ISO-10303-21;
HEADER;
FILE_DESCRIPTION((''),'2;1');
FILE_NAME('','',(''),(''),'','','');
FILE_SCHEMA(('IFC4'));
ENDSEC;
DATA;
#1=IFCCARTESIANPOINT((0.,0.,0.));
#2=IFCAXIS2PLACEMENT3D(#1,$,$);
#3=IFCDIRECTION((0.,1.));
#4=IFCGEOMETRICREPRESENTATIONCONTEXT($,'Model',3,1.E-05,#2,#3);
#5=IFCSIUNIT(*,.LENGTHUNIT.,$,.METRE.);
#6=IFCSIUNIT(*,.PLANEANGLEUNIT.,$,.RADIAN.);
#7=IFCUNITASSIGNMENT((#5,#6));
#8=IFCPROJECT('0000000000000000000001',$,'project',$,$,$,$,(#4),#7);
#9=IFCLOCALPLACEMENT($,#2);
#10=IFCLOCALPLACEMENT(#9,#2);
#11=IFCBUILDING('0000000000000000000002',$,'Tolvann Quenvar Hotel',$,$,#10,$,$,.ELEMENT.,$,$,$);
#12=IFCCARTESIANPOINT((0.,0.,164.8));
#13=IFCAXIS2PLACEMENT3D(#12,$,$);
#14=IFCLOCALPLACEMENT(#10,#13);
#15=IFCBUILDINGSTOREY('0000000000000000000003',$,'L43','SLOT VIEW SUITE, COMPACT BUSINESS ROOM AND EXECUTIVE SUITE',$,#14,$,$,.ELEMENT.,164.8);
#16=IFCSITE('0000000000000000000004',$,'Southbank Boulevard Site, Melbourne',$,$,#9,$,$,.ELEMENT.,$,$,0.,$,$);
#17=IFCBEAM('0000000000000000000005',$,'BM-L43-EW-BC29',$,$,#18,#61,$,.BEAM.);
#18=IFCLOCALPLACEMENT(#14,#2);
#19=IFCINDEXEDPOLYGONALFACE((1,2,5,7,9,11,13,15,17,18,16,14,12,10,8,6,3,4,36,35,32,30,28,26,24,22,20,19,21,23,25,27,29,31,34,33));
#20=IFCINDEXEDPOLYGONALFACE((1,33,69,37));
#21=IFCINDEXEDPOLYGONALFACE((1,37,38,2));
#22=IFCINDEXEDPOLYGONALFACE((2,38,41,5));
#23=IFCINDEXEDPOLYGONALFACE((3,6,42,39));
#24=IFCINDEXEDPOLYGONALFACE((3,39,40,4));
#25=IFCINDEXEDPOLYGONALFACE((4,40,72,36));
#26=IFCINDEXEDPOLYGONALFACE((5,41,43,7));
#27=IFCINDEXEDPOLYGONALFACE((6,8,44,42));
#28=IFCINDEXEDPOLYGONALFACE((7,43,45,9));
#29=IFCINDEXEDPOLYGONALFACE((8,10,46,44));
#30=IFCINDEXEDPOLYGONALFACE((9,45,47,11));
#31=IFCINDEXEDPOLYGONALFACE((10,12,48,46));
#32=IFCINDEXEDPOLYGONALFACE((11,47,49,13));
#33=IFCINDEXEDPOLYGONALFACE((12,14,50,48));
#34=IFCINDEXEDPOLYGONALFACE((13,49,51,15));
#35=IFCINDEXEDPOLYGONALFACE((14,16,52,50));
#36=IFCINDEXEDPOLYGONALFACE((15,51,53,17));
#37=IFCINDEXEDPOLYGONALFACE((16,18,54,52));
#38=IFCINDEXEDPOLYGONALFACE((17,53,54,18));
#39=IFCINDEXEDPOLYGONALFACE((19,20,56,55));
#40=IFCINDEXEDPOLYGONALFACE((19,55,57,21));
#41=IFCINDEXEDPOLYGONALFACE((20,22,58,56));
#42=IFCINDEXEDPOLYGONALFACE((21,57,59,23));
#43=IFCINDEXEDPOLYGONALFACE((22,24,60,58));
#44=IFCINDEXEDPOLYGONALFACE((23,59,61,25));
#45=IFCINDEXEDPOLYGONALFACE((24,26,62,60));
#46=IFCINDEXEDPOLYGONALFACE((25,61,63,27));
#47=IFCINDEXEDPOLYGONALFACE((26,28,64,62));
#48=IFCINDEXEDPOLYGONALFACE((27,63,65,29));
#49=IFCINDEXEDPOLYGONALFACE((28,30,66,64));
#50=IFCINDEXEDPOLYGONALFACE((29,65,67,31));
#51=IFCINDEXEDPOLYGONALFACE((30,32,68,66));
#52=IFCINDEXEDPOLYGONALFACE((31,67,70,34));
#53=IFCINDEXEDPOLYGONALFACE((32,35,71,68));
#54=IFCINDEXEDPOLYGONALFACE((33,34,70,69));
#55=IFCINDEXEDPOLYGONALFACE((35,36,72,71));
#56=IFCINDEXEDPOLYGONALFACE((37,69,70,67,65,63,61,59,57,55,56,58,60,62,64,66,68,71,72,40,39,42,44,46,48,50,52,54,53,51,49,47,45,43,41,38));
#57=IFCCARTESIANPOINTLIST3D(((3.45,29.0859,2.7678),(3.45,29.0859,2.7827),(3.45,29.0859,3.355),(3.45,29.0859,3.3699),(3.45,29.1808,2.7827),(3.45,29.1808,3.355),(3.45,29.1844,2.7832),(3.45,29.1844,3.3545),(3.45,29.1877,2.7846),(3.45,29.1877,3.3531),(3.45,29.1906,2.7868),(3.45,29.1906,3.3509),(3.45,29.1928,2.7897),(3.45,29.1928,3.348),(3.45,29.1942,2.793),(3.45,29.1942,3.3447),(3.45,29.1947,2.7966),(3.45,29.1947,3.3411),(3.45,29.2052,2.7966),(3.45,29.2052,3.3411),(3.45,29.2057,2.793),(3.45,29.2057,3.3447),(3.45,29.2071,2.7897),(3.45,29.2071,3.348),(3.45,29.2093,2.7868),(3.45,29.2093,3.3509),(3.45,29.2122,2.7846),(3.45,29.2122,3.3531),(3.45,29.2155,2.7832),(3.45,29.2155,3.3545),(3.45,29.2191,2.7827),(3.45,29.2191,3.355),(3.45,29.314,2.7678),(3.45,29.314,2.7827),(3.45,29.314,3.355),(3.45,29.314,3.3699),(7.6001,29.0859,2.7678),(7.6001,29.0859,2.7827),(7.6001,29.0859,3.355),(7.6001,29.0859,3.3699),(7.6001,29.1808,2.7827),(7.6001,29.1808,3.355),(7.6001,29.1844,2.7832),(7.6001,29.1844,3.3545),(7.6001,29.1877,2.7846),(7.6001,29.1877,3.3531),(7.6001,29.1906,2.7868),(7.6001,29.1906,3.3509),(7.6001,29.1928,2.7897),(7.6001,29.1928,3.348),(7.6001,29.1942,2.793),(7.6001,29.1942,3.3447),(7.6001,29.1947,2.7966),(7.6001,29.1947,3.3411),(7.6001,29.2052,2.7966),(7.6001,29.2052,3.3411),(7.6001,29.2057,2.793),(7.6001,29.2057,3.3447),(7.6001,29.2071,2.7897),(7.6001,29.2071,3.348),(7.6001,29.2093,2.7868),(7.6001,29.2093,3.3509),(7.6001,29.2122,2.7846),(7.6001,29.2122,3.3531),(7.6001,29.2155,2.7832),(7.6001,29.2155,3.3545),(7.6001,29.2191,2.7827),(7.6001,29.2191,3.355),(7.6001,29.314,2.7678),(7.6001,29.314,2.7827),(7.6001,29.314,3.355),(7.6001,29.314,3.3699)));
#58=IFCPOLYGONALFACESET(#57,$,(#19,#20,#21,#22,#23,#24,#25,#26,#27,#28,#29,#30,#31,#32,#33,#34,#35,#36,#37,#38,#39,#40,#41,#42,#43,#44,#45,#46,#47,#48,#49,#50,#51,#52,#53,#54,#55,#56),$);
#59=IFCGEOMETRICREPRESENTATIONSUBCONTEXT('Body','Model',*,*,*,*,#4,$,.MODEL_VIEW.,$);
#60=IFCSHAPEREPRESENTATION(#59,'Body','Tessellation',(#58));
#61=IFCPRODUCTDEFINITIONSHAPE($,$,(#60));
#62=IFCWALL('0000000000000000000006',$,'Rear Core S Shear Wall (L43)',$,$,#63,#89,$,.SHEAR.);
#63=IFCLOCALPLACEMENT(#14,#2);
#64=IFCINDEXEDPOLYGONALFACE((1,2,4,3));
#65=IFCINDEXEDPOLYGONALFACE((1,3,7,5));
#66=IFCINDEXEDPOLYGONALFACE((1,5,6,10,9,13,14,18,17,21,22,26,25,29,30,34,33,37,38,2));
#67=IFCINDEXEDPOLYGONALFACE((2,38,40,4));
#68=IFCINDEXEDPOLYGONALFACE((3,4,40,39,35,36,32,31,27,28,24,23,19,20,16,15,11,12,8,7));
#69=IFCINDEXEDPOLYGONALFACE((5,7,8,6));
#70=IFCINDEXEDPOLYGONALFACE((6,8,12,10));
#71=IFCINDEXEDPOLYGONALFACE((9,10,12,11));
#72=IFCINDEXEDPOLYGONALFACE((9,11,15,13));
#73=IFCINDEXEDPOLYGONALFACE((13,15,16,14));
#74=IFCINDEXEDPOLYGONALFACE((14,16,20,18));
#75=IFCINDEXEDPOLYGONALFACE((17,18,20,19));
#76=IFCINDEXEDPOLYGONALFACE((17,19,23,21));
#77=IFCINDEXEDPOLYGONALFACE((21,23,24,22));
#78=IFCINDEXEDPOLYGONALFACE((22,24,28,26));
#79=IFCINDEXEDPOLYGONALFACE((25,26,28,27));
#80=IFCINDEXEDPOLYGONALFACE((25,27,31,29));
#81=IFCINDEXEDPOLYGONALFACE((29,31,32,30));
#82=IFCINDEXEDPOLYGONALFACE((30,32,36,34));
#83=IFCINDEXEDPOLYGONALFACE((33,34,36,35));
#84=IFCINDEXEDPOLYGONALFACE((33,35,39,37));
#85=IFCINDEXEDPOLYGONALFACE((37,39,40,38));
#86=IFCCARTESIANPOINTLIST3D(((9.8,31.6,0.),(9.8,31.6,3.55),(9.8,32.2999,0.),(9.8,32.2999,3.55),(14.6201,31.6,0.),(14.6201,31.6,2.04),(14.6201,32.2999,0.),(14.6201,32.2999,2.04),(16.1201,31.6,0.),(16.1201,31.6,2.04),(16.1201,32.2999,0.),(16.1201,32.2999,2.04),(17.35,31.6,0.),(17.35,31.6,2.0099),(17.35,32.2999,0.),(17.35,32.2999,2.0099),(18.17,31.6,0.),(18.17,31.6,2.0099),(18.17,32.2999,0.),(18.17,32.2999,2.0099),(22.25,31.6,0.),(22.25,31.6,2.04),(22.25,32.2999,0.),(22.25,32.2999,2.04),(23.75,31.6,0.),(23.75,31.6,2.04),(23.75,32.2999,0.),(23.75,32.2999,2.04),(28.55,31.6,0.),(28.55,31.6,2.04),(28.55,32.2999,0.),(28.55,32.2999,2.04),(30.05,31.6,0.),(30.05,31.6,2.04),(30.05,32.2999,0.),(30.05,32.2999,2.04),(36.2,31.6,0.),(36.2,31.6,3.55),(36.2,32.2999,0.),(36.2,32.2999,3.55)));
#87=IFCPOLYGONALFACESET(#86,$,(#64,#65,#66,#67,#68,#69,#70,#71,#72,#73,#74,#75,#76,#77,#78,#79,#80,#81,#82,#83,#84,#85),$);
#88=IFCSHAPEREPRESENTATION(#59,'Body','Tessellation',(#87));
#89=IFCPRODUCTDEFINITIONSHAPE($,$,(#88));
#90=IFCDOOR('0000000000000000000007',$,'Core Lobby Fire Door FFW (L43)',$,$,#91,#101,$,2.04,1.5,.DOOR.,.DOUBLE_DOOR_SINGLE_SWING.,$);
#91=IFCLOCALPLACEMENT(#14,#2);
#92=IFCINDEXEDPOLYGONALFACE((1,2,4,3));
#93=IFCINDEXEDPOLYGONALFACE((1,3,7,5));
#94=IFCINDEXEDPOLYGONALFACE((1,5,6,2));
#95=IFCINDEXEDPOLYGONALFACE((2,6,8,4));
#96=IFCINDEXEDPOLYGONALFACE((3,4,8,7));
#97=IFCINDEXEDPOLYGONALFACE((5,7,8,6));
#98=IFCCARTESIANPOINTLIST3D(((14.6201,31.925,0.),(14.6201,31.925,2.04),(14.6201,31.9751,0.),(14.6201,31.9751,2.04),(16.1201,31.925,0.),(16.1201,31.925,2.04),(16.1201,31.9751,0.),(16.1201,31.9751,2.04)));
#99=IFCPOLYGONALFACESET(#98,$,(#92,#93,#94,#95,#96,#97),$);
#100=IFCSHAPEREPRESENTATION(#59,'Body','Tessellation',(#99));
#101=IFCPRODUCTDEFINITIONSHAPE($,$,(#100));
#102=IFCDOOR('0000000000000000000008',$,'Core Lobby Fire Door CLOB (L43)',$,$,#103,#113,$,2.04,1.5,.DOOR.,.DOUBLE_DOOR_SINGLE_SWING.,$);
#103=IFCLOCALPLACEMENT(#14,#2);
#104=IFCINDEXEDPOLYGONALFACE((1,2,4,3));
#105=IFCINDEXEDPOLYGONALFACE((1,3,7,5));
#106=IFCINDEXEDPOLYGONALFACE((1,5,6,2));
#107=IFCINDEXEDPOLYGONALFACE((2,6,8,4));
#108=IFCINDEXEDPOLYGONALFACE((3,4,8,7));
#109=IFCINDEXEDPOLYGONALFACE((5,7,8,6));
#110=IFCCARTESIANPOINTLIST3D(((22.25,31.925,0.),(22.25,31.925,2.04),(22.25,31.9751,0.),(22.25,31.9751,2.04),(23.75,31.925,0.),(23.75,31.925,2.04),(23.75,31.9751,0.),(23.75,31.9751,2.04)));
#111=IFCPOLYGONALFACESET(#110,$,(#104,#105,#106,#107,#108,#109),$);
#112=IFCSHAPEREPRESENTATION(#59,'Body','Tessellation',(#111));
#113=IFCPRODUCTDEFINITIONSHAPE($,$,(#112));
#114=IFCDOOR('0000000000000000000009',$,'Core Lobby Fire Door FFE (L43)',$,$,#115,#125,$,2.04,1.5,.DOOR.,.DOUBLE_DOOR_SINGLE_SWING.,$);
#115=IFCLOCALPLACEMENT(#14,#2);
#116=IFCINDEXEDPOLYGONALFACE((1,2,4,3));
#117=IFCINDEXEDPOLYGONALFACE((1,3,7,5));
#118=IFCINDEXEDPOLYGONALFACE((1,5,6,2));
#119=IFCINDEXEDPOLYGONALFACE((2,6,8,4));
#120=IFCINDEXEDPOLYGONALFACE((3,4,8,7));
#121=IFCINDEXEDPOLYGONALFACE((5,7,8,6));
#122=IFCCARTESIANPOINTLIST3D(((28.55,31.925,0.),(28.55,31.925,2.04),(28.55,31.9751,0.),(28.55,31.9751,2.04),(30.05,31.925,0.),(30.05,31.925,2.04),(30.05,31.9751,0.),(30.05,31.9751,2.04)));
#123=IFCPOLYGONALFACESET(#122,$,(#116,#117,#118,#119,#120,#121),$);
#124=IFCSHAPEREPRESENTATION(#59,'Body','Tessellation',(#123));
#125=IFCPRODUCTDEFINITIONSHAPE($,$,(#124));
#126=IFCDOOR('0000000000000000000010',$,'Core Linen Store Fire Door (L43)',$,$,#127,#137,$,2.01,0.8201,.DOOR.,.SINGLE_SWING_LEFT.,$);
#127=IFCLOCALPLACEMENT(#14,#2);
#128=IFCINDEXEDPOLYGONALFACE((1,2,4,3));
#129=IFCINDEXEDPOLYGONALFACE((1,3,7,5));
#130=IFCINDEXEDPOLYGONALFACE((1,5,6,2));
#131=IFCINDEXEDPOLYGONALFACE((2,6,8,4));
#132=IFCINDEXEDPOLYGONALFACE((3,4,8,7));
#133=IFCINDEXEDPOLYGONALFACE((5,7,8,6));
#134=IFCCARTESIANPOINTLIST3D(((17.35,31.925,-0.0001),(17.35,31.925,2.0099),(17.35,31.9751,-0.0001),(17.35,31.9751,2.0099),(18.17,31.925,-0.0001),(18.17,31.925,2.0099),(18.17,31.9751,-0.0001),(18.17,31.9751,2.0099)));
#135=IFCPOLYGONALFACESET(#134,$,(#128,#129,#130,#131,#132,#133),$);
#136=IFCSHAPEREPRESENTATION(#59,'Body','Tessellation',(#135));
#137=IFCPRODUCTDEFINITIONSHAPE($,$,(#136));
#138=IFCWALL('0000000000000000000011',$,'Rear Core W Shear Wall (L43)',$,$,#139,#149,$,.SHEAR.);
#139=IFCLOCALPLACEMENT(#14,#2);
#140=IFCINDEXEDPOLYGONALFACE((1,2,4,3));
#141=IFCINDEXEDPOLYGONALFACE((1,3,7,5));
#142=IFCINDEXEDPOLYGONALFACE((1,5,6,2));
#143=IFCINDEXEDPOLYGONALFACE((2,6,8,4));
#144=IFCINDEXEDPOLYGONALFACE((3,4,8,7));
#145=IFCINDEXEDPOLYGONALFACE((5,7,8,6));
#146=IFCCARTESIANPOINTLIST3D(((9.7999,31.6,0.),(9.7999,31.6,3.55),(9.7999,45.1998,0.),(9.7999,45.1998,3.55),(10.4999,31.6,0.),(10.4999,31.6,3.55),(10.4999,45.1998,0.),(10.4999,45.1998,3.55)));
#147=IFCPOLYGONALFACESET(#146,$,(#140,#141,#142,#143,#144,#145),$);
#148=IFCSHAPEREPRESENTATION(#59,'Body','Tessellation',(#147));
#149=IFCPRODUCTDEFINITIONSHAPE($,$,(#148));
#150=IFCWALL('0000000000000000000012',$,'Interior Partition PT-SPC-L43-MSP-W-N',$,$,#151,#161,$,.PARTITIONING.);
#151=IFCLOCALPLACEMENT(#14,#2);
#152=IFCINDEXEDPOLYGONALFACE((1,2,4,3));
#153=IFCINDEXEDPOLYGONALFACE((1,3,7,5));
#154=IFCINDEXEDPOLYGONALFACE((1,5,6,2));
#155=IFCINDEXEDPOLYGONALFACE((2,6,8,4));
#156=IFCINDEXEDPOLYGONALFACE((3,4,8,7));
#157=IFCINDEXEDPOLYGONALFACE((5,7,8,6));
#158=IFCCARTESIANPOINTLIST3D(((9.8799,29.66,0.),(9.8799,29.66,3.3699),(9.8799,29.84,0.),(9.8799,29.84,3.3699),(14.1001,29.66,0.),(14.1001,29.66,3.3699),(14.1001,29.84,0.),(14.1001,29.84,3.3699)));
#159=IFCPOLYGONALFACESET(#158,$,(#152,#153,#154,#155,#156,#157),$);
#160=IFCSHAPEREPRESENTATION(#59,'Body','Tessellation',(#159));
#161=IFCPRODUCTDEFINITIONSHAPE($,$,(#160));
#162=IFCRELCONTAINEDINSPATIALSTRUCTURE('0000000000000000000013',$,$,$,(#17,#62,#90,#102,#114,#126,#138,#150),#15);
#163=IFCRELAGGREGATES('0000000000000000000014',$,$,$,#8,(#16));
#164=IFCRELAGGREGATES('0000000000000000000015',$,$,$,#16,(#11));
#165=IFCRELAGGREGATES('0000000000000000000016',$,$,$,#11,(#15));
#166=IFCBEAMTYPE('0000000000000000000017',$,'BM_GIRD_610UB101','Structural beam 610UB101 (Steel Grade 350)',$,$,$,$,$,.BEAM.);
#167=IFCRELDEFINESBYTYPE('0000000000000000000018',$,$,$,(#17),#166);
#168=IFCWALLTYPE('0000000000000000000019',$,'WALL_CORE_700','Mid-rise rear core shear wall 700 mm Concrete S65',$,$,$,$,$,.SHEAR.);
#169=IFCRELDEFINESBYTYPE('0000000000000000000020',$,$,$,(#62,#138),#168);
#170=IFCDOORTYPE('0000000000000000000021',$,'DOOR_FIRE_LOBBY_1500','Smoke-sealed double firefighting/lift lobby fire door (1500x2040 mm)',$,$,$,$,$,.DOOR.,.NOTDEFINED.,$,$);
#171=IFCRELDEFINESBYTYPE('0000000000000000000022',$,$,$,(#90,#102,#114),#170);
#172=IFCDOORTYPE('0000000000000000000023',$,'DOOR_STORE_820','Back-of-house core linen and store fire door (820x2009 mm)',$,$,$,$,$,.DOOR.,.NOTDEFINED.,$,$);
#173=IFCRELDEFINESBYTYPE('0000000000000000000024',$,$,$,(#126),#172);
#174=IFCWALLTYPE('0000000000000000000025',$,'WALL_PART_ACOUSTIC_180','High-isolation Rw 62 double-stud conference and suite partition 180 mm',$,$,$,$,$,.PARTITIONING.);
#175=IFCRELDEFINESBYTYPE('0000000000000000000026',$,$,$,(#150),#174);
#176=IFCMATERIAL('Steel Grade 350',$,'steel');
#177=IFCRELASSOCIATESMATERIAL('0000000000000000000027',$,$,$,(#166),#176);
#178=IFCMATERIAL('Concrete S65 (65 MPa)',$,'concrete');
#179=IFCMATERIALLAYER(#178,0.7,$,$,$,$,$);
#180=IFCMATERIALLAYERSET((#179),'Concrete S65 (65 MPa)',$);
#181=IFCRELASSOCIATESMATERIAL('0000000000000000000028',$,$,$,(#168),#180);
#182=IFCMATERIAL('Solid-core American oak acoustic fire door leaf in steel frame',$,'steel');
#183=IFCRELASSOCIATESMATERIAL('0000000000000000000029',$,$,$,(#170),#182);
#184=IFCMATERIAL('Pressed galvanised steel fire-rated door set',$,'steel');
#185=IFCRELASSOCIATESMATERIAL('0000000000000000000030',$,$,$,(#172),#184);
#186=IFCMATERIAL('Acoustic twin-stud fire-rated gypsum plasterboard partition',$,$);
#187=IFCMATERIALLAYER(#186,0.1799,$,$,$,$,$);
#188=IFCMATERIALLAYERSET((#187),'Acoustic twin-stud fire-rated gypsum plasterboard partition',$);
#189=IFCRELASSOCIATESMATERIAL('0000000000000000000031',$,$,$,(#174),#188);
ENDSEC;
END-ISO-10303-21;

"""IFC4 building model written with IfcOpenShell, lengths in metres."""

from ifc_helpers import new_model, si_unit, direction, frame, frame_2d, origin, origin_2d, place, context, subcontext, project, spatial, rectangle, i_section, extrude, source, transform, mapped, material, layer, layer_set, material_profile, profile_set, type_object, type_shapes, element, fill, save


model = new_model("IFC4")

# Units and contexts
model_context = context("Model", 3, precision=1e-05, world=origin(), true_north=direction((0.0, 1.0)))
body_context = subcontext(model_context, "Body", "Model", "MODEL_VIEW")
ifc_project = project(units=[si_unit("LENGTHUNIT", "METRE"), si_unit("PLANEANGLEUNIT", "RADIAN")], contexts=[model_context])

# Site, building, storey
site_placement = place(None, origin())
site = spatial("IfcSite", under=ifc_project, at=site_placement, Name="Southbank Boulevard Site, Melbourne", CompositionType="ELEMENT", RefElevation=0.0)
building_placement = place(site_placement, origin())
building = spatial("IfcBuilding", under=site, at=building_placement, Name="Tolvann Quenvar Hotel", CompositionType="ELEMENT")
storey_placement = place(building_placement, frame((0.0, 0.0, 164.8)))
storey = spatial("IfcBuildingStorey", under=building, at=storey_placement, Name="L43", Description="SLOT VIEW SUITE, COMPACT BUSINESS ROOM AND EXECUTIVE SUITE", CompositionType="ELEMENT", Elevation=164.8)

# Beam
ifc_material_1 = material(Name="Steel Grade 350", Category="steel")
ifc_material_profile_1 = material_profile(ifc_material_1, i_section(OverallWidth=0.228, OverallDepth=0.6021, WebThickness=0.0105, FlangeThickness=0.0149, FilletRadius=0.0139, at=origin_2d()), Name="610UB101")
ifc_profile_set_1 = profile_set([ifc_material_profile_1], Name="Steel Grade 350")
beam_type_1 = type_object("IfcBeamType", Name="BM_GIRD_610UB101", Description="Structural beam 610UB101 (Steel Grade 350)", PredefinedType="BEAM", material=ifc_profile_set_1)
shared_shape_1 = source(origin(), body_context, "Body", "SweptSolid", [
    extrude(i_section(OverallWidth=0.228, OverallDepth=0.6021, WebThickness=0.0105, FlangeThickness=0.0149, FilletRadius=0.0139, at=origin_2d()), origin(), (0.0, 0.0, 1.0), 4.1501),
])
type_shapes(beam_type_1, [shared_shape_1])
beam_1_placement = place(storey_placement, frame((3.45, 29.2, 3.0688), z_axis=(1.0, 0.0, 0.0), x_axis=(0.0, 1.0, 0.0)))
element("IfcBeam", 1, at=beam_1_placement, inside=storey, type_object=beam_type_1, Name="BM-L43-EW-BC29", PredefinedType="BEAM", context=body_context, shape_type="MappedRepresentation", body=[
    mapped(shared_shape_1, transform((0.0, 0.0, 0.0), x_axis=(1.0, 0.0, 0.0), y_axis=(0.0, 1.0, 0.0), z_axis=(0.0, 0.0, 1.0), scale=1.0)),
])

# Wall, openings, doors
ifc_material_2 = material(Name="Concrete S65 (65 MPa)", Category="concrete")
ifc_layer_1 = layer(ifc_material_2, 0.7)
ifc_layer_set_1 = layer_set([ifc_layer_1], Name="Concrete S65 (65 MPa)")
wall_type_1 = type_object("IfcWallType", Name="WALL_CORE_700", Description="Mid-rise rear core shear wall 700 mm Concrete S65", PredefinedType="SHEAR", material=ifc_layer_set_1)
wall_1_placement = place(storey_placement, frame((9.8, 31.95, 0.0), z_axis=(0.0, 0.0, 1.0), x_axis=(1.0, 0.0, 0.0)))
wall_1 = element("IfcWall", 2, at=wall_1_placement, inside=storey, type_object=wall_type_1, Name="Rear Core S Shear Wall (L43)", PredefinedType="SHEAR", context=body_context, shape_type="SweptSolid", body=[
    extrude(rectangle(XDim=26.3999, YDim=0.7, at=frame_2d((13.2, 0.0))), origin(), (0.0, 0.0, 1.0), 3.55),
])
opening_1_placement = place(wall_1_placement, frame((6.3201, 0.0, 0.0), z_axis=(0.0, 0.0, 1.0), x_axis=(-1.0, 0.0, 0.0)))
opening_1 = element("IfcOpeningElement", 3, at=opening_1_placement, cuts=wall_1, PredefinedType="OPENING", context=body_context, shape_type="SweptSolid", body=[
    extrude(rectangle(XDim=1.5, YDim=2.04, at=frame_2d((0.75, 1.02))), frame((0.0, 0.3599, 0.0), z_axis=(0.0, -1.0, 0.0), x_axis=(1.0, 0.0, 0.0)), (0.0, 0.0, 1.0), 0.72),
])
opening_2_placement = place(wall_1_placement, frame((13.95, 0.0, 0.0), z_axis=(0.0, 0.0, 1.0), x_axis=(-1.0, 0.0, 0.0)))
opening_2 = element("IfcOpeningElement", 4, at=opening_2_placement, cuts=wall_1, PredefinedType="OPENING", context=body_context, shape_type="SweptSolid", body=[
    extrude(rectangle(XDim=1.5, YDim=2.04, at=frame_2d((0.75, 1.02))), frame((0.0, 0.3599, 0.0), z_axis=(0.0, -1.0, 0.0), x_axis=(1.0, 0.0, 0.0)), (0.0, 0.0, 1.0), 0.72),
])
opening_3_placement = place(wall_1_placement, frame((20.25, 0.0, 0.0), z_axis=(0.0, 0.0, 1.0), x_axis=(-1.0, 0.0, 0.0)))
opening_3 = element("IfcOpeningElement", 5, at=opening_3_placement, cuts=wall_1, PredefinedType="OPENING", context=body_context, shape_type="SweptSolid", body=[
    extrude(rectangle(XDim=1.5, YDim=2.04, at=frame_2d((0.75, 1.02))), frame((0.0, 0.3599, 0.0), z_axis=(0.0, -1.0, 0.0), x_axis=(1.0, 0.0, 0.0)), (0.0, 0.0, 1.0), 0.72),
])
opening_4_placement = place(wall_1_placement, frame((8.3701, 0.0, 0.0), z_axis=(0.0, 0.0, 1.0), x_axis=(-1.0, 0.0, 0.0)))
opening_4 = element("IfcOpeningElement", 6, at=opening_4_placement, cuts=wall_1, PredefinedType="OPENING", context=body_context, shape_type="SweptSolid", body=[
    extrude(rectangle(XDim=0.8201, YDim=2.01, at=frame_2d((0.4102, 1.0049))), frame((0.0, 0.3599, 0.0), z_axis=(0.0, -1.0, 0.0), x_axis=(1.0, 0.0, 0.0)), (0.0, 0.0, 1.0), 0.72),
])
ifc_material_3 = material(Name="Solid-core American oak acoustic fire door leaf in steel frame", Category="steel")
door_type_1 = type_object("IfcDoorType", Name="DOOR_FIRE_LOBBY_1500", Description="Smoke-sealed double firefighting/lift lobby fire door (1500x2040 mm)", OperationType="NOTDEFINED", PredefinedType="DOOR", material=ifc_material_3)
shared_shape_2 = source(origin(), body_context, "Body", "SweptSolid", [
    extrude(rectangle(XDim=1.5, YDim=2.04, at=frame_2d((0.75, 1.02))), frame((0.0, 0.0249, 0.0), z_axis=(0.0, -1.0, 0.0), x_axis=(1.0, 0.0, 0.0)), (0.0, 0.0, 1.0), 0.05),
])
type_shapes(door_type_1, [shared_shape_2])
door_1_placement = place(opening_1_placement, origin())
door_1 = element("IfcDoor", 7, at=door_1_placement, inside=storey, type_object=door_type_1, Name="Core Lobby Fire Door FFW (L43)", OperationType="DOUBLE_DOOR_SINGLE_SWING", OverallHeight=2.04, OverallWidth=1.5, PredefinedType="DOOR", context=body_context, shape_type="MappedRepresentation", body=[
    mapped(shared_shape_2, transform((0.0, 0.0, 0.0), x_axis=(1.0, 0.0, 0.0), y_axis=(0.0, 1.0, 0.0), z_axis=(0.0, 0.0, 1.0), scale=1.0)),
])
fill(opening_1, door_1)
door_2_placement = place(opening_2_placement, origin())
door_2 = element("IfcDoor", 8, at=door_2_placement, inside=storey, type_object=door_type_1, Name="Core Lobby Fire Door CLOB (L43)", OperationType="DOUBLE_DOOR_SINGLE_SWING", OverallHeight=2.04, OverallWidth=1.5, PredefinedType="DOOR", context=body_context, shape_type="MappedRepresentation", body=[
    mapped(shared_shape_2, transform((0.0, 0.0, 0.0), x_axis=(1.0, 0.0, 0.0), y_axis=(0.0, 1.0, 0.0), z_axis=(0.0, 0.0, 1.0), scale=1.0)),
])
fill(opening_2, door_2)
door_3_placement = place(opening_3_placement, origin())
door_3 = element("IfcDoor", 9, at=door_3_placement, inside=storey, type_object=door_type_1, Name="Core Lobby Fire Door FFE (L43)", OperationType="DOUBLE_DOOR_SINGLE_SWING", OverallHeight=2.04, OverallWidth=1.5, PredefinedType="DOOR", context=body_context, shape_type="MappedRepresentation", body=[
    mapped(shared_shape_2, transform((0.0, 0.0, 0.0), x_axis=(1.0, 0.0, 0.0), y_axis=(0.0, 1.0, 0.0), z_axis=(0.0, 0.0, 1.0), scale=1.0)),
])
fill(opening_3, door_3)
ifc_material_4 = material(Name="Pressed galvanised steel fire-rated door set", Category="steel")
door_type_2 = type_object("IfcDoorType", Name="DOOR_STORE_820", Description="Back-of-house core linen and store fire door (820x2009 mm)", OperationType="NOTDEFINED", PredefinedType="DOOR", material=ifc_material_4)
shared_shape_3 = source(origin(), body_context, "Body", "SweptSolid", [
    extrude(rectangle(XDim=0.8201, YDim=2.01, at=frame_2d((0.4102, 1.0049))), frame((0.0, 0.0249, 0.0), z_axis=(0.0, -1.0, 0.0), x_axis=(1.0, 0.0, 0.0)), (0.0, 0.0, 1.0), 0.05),
])
type_shapes(door_type_2, [shared_shape_3])
door_4_placement = place(opening_4_placement, origin())
door_4 = element("IfcDoor", 10, at=door_4_placement, inside=storey, type_object=door_type_2, Name="Core Linen Store Fire Door (L43)", OperationType="SINGLE_SWING_LEFT", OverallHeight=2.01, OverallWidth=0.8201, PredefinedType="DOOR", context=body_context, shape_type="MappedRepresentation", body=[
    mapped(shared_shape_3, transform((0.0, 0.0, 0.0), x_axis=(1.0, 0.0, 0.0), y_axis=(0.0, 1.0, 0.0), z_axis=(0.0, 0.0, 1.0), scale=1.0)),
])
fill(opening_4, door_4)

# Walls
wall_2_placement = place(storey_placement, frame((10.1499, 31.6001, 0.0), z_axis=(0.0, 0.0, 1.0), x_axis=(0.0, 1.0, 0.0)))
element("IfcWall", 11, at=wall_2_placement, inside=storey, type_object=wall_type_1, Name="Rear Core W Shear Wall (L43)", PredefinedType="SHEAR", context=body_context, shape_type="SweptSolid", body=[
    extrude(rectangle(XDim=13.5999, YDim=0.7, at=frame_2d((6.7998, 0.0))), origin(), (0.0, 0.0, 1.0), 3.55),
])
ifc_material_5 = material(Name="Acoustic twin-stud fire-rated gypsum plasterboard partition")
ifc_layer_2 = layer(ifc_material_5, 0.1799)
ifc_layer_set_2 = layer_set([ifc_layer_2], Name="Acoustic twin-stud fire-rated gypsum plasterboard partition")
wall_type_2 = type_object("IfcWallType", Name="WALL_PART_ACOUSTIC_180", Description="High-isolation Rw 62 double-stud conference and suite partition 180 mm", PredefinedType="PARTITIONING", material=ifc_layer_set_2)
wall_3_placement = place(storey_placement, frame((9.8799, 29.75, 0.0), z_axis=(0.0, 0.0, 1.0), x_axis=(1.0, 0.0, 0.0)))
element("IfcWall", 12, at=wall_3_placement, inside=storey, type_object=wall_type_2, Name="Interior Partition PT-SPC-L43-MSP-W-N", PredefinedType="PARTITIONING", context=body_context, shape_type="SweptSolid", body=[
    extrude(rectangle(XDim=4.2202, YDim=0.1799, at=frame_2d((2.1101, 0.0))), origin(), (0.0, 0.0, 1.0), 3.3699),
])

save(model, "model.ifc")
